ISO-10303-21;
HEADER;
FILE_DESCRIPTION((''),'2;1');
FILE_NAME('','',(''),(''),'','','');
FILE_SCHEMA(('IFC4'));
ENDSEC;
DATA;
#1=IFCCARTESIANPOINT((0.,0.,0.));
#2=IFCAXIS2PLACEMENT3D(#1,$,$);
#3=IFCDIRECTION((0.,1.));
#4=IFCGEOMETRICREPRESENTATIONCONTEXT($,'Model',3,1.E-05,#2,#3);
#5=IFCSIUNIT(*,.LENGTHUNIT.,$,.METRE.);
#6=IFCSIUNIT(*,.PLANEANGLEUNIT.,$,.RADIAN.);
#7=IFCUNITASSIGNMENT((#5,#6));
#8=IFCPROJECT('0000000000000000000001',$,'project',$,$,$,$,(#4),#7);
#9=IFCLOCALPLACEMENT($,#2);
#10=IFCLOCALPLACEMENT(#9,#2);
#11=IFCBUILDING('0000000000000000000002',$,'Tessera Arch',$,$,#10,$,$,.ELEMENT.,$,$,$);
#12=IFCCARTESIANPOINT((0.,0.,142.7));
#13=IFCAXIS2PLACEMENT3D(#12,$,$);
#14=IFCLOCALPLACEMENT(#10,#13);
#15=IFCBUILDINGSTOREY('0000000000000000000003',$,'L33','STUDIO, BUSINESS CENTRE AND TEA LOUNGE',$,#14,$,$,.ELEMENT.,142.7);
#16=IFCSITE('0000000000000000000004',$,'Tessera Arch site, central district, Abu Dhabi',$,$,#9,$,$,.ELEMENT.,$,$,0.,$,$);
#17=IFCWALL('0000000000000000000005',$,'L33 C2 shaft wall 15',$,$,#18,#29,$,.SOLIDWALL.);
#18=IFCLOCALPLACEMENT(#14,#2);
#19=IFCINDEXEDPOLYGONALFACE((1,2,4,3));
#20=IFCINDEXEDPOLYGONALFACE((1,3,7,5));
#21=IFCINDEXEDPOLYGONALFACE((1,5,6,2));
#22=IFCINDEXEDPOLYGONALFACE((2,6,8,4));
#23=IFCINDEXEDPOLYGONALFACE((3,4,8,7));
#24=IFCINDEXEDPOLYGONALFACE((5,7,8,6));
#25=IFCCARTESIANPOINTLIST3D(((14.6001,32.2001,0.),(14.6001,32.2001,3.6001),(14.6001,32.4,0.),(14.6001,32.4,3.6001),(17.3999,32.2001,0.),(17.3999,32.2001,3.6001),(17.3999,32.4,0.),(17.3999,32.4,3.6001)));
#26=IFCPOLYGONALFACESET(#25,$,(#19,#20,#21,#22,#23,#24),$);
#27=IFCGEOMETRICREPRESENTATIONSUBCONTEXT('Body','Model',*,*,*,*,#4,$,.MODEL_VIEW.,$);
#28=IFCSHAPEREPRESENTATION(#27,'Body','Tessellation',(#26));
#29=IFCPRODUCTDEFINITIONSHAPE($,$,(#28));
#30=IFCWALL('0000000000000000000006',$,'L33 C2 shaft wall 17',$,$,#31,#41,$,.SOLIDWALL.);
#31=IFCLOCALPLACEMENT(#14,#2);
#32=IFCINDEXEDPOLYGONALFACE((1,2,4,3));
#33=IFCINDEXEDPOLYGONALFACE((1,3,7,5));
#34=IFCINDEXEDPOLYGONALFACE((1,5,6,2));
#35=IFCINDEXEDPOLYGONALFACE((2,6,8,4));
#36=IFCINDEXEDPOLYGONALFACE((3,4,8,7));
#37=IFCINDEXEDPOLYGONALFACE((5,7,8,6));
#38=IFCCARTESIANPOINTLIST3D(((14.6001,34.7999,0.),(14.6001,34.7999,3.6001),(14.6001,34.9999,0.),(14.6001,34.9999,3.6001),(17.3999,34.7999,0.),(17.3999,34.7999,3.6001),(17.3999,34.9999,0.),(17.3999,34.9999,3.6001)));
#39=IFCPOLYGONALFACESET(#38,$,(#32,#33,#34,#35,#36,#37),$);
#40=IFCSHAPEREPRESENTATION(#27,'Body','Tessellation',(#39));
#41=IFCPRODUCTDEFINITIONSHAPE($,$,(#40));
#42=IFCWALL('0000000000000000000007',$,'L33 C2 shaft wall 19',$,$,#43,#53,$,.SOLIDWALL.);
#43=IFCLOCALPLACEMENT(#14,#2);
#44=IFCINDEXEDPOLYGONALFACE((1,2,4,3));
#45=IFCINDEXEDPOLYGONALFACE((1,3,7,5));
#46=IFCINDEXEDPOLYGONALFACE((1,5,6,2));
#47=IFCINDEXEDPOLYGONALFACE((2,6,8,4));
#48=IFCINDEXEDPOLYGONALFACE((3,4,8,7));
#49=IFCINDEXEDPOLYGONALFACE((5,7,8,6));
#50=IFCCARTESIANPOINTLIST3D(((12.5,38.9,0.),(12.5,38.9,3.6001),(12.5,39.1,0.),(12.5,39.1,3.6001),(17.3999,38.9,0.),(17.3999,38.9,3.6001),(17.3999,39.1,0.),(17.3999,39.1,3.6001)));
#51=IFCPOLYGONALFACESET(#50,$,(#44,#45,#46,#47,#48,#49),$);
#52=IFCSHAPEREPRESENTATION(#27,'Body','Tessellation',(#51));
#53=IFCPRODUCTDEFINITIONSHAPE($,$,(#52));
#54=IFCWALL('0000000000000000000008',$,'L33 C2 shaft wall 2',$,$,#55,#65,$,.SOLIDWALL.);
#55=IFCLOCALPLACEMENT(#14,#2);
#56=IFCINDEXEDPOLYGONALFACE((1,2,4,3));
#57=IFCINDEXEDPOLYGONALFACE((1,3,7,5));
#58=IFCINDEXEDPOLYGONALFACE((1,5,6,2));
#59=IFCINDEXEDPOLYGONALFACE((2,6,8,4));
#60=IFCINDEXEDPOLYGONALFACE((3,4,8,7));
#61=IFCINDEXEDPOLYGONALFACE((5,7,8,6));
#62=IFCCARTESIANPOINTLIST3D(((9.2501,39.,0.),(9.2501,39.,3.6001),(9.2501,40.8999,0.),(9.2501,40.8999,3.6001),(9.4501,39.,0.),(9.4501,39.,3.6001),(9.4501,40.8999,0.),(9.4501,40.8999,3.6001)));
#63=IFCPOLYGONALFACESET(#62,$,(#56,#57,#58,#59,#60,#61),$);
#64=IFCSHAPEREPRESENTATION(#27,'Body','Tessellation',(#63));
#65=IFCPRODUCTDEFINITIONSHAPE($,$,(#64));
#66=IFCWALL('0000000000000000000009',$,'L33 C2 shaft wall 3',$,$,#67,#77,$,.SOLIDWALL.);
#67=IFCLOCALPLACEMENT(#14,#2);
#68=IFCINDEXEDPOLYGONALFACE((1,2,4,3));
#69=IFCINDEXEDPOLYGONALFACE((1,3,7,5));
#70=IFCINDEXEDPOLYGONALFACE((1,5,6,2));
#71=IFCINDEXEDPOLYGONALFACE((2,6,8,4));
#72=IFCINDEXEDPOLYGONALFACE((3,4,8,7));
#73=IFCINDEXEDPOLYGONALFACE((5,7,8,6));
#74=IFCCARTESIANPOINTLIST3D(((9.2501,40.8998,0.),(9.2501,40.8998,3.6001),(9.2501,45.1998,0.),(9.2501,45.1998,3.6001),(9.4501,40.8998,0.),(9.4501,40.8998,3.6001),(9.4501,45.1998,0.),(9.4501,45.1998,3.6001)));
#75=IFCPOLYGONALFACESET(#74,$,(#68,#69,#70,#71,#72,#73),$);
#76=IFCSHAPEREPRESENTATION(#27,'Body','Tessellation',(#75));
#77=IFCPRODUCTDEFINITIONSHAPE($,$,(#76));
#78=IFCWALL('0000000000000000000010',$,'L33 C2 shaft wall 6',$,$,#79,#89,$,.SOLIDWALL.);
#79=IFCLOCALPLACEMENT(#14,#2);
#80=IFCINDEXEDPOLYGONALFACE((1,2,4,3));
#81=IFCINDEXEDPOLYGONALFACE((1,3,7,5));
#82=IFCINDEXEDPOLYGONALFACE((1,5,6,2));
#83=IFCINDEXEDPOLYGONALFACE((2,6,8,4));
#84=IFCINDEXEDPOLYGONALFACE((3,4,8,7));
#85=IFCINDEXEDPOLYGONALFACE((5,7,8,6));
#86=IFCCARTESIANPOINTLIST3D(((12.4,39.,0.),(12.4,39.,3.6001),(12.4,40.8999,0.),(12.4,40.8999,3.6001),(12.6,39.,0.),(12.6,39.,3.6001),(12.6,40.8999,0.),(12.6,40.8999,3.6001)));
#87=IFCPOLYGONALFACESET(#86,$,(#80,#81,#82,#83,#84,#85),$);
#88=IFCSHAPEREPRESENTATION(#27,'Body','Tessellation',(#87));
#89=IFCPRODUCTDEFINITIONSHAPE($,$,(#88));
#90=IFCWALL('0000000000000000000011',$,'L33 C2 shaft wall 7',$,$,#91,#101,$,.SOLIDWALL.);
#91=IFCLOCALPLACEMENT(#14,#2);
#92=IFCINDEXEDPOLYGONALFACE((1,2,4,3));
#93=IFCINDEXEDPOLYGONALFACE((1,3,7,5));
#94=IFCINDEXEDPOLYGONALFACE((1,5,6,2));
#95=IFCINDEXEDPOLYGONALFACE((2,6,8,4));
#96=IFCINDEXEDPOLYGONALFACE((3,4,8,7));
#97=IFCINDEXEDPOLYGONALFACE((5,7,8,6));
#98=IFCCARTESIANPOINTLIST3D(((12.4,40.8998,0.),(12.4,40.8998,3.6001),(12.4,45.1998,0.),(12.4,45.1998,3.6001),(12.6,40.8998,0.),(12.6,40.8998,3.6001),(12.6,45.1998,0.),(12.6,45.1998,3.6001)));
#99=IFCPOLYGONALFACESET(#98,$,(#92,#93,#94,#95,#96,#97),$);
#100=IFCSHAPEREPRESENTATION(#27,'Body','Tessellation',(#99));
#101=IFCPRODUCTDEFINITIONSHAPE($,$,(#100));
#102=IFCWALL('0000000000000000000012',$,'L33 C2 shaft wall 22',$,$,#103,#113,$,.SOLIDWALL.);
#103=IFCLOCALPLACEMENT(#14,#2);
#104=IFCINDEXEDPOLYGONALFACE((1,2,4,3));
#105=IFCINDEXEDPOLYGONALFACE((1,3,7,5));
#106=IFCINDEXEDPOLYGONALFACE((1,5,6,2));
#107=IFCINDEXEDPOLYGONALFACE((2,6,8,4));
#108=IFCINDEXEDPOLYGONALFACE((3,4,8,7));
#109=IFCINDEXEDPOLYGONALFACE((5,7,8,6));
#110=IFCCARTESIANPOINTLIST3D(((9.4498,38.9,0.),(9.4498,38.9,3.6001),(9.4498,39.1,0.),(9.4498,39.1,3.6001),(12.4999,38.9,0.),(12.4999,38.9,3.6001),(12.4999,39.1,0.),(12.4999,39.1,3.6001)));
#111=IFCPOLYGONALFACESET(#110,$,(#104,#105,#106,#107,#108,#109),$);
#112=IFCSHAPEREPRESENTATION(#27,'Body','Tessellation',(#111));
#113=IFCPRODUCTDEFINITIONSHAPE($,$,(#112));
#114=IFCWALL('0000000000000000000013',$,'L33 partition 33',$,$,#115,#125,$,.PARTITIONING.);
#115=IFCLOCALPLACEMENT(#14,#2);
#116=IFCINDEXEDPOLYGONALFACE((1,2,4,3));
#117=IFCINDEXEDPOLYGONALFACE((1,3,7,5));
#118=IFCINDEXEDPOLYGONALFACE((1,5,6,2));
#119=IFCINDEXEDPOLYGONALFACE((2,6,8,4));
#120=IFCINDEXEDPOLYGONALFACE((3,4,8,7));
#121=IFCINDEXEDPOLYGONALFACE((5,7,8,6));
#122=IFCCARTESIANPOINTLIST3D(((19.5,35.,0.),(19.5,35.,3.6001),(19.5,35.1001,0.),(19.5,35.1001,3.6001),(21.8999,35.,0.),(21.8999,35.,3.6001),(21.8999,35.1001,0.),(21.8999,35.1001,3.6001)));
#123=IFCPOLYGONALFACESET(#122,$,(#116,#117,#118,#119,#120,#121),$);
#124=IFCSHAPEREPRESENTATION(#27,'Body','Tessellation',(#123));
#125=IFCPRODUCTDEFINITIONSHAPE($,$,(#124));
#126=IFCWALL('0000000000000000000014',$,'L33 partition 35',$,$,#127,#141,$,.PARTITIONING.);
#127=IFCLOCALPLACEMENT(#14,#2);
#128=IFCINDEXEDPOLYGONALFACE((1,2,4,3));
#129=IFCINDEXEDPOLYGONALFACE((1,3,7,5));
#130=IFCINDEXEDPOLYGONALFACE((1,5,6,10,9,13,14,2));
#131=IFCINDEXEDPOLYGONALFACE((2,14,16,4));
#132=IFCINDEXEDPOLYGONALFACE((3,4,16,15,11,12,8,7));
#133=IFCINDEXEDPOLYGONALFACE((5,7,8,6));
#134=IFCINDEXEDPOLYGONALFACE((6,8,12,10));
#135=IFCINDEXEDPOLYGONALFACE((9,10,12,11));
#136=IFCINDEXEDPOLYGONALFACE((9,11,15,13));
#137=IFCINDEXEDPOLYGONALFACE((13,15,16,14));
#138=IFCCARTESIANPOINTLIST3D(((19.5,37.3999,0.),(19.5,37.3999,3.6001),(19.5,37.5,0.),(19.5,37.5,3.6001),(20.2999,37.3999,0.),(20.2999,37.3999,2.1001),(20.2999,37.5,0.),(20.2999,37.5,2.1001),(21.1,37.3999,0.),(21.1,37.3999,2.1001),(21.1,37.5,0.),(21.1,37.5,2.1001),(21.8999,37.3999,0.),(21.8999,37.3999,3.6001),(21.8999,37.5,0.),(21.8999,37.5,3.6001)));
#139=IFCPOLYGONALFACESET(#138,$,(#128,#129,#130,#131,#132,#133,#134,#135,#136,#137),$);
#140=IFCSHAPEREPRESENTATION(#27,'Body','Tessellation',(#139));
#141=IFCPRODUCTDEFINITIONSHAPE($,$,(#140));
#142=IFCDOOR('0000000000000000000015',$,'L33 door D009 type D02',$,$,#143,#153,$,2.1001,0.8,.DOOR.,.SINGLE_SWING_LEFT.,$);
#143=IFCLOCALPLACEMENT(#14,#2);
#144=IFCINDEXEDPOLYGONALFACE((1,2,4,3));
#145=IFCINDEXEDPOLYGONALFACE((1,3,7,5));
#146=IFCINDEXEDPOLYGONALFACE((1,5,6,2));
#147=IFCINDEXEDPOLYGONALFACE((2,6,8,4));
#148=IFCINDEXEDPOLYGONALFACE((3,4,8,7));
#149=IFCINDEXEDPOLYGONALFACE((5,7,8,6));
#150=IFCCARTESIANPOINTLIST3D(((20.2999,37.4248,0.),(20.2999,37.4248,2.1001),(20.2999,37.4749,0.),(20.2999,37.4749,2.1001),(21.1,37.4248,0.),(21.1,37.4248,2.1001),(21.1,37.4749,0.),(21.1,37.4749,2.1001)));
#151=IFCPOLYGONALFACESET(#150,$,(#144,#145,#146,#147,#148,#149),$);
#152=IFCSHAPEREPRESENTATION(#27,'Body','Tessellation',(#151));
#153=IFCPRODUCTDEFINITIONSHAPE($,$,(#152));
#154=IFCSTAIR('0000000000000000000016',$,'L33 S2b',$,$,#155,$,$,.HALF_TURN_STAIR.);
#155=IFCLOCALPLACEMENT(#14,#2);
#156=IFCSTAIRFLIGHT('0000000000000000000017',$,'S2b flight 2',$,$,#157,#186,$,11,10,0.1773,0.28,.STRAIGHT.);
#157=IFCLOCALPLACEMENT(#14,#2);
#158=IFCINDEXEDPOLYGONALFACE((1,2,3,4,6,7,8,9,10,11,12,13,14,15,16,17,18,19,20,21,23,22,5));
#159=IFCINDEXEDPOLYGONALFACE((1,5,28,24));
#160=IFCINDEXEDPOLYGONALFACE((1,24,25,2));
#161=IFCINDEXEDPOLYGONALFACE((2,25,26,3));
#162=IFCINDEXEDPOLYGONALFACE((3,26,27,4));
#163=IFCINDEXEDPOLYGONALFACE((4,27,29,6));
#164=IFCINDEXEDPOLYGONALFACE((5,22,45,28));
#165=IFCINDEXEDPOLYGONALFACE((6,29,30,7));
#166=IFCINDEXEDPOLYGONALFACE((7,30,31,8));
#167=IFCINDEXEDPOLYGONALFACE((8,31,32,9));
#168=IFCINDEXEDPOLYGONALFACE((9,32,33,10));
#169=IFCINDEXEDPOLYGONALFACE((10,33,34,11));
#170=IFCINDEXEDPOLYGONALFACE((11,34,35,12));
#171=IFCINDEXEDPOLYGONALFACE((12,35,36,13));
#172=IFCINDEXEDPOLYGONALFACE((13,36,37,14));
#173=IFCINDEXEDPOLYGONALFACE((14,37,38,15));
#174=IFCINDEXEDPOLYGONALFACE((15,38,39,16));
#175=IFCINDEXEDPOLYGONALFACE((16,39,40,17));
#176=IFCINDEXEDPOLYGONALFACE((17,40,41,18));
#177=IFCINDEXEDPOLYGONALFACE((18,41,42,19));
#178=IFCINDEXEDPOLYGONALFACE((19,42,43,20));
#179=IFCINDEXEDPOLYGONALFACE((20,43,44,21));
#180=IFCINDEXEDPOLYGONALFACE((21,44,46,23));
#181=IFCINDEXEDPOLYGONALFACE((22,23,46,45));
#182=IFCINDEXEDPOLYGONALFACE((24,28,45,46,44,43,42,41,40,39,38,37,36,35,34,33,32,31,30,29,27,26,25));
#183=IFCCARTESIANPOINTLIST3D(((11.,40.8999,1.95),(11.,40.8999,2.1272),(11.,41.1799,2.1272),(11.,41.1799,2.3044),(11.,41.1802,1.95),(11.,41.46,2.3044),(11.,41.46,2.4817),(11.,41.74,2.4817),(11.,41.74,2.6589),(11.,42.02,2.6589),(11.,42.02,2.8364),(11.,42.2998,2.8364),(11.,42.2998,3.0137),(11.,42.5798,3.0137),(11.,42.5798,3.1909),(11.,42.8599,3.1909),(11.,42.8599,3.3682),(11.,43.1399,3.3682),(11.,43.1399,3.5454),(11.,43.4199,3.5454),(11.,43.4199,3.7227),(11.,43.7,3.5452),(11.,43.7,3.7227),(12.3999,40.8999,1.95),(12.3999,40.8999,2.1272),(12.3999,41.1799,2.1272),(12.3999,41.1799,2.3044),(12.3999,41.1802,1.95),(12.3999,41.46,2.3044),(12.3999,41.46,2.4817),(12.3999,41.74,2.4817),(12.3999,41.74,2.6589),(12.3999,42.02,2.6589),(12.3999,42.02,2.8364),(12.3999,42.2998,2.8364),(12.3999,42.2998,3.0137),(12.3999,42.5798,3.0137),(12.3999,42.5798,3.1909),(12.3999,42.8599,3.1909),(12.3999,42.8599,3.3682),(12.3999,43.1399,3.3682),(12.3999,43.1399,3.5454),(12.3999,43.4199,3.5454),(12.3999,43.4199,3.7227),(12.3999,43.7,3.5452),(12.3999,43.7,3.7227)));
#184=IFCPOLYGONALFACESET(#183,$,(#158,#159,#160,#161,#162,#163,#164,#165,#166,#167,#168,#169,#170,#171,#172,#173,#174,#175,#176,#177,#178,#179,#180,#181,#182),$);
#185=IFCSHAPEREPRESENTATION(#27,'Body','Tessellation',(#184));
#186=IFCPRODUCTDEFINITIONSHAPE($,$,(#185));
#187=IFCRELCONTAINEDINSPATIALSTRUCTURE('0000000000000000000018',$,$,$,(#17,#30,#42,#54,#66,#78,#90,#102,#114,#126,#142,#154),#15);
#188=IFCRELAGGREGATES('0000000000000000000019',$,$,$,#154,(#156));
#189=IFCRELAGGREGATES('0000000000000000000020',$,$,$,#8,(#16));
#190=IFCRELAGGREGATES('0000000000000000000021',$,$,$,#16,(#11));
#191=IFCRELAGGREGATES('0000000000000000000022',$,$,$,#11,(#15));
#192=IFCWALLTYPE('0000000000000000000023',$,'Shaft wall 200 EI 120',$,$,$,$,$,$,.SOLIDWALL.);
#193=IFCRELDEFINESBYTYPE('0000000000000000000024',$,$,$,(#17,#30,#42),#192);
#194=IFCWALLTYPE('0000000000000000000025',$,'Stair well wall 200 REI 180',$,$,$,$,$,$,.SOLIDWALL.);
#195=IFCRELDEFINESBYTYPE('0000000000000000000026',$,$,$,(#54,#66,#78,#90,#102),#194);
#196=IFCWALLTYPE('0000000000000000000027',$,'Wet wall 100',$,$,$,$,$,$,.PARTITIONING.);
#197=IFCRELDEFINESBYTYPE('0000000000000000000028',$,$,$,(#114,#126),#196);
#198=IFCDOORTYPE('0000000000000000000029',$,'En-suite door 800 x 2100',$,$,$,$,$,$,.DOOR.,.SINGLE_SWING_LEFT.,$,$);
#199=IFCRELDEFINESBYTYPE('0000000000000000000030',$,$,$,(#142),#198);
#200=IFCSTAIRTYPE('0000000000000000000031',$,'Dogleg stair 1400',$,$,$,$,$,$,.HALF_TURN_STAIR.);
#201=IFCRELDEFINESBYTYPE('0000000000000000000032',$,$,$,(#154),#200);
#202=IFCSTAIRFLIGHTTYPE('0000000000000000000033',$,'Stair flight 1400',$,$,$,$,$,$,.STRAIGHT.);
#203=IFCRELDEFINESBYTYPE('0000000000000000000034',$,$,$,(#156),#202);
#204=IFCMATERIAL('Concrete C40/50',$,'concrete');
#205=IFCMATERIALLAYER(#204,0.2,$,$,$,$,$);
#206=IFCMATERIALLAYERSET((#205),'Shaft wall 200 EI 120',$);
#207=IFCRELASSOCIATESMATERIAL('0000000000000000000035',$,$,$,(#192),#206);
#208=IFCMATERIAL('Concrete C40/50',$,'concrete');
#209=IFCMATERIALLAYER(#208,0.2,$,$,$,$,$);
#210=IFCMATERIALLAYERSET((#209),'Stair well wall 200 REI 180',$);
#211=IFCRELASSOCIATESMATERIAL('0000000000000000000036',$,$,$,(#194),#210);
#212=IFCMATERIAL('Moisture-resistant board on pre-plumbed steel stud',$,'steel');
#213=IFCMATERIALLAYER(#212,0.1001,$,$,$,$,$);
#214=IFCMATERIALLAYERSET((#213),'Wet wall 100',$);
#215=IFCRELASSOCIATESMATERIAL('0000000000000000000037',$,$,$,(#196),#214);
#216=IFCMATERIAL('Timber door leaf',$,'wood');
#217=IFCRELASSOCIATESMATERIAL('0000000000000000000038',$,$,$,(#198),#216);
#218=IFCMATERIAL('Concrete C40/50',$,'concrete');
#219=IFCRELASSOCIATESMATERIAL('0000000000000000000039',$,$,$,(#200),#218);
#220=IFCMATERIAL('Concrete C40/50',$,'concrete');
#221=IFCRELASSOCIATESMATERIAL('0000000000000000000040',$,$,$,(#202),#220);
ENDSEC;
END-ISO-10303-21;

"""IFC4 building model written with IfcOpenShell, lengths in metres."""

from ifc_helpers import new_model, si_unit, direction, frame, frame_2d, origin, place, context, subcontext, project, spatial, polyline, rectangle, outline, extrude, material, layer, layer_set, type_object, element, fill, aggregate, save


model = new_model("IFC4")

# Units and contexts
model_context = context("Model", 3, precision=1e-05, world=origin(), true_north=direction((0.0, 1.0)))
body_context = subcontext(model_context, "Body", "Model", "MODEL_VIEW")
ifc_project = project(units=[si_unit("LENGTHUNIT", "METRE"), si_unit("PLANEANGLEUNIT", "RADIAN")], contexts=[model_context])

# Site, building, storey
site_placement = place(None, origin())
site = spatial("IfcSite", under=ifc_project, at=site_placement, Name="Tessera Arch site, central district, Abu Dhabi", CompositionType="ELEMENT", RefElevation=0.0)
building_placement = place(site_placement, origin())
building = spatial("IfcBuilding", under=site, at=building_placement, Name="Tessera Arch", CompositionType="ELEMENT")
storey_placement = place(building_placement, frame((0.0, 0.0, 142.7)))
storey = spatial("IfcBuildingStorey", under=building, at=storey_placement, Name="L33", Description="STUDIO, BUSINESS CENTRE AND TEA LOUNGE", CompositionType="ELEMENT", Elevation=142.7)

# Walls
ifc_material_1 = material(Name="Concrete C40/50", Category="concrete")
ifc_layer_1 = layer(ifc_material_1, 0.2)
ifc_layer_set_1 = layer_set([ifc_layer_1], Name="Shaft wall 200 EI 120")
wall_type_1 = type_object("IfcWallType", Name="Shaft wall 200 EI 120", PredefinedType="SOLIDWALL", material=ifc_layer_set_1)
for number, where, z_axis, x_axis, name in (
    (1, (14.6001, 32.3, 0.0), (0.0, 0.0, 1.0), (1.0, 0.0, 0.0), "L33 C2 shaft wall 15"),
    (2, (14.6001, 34.8999, 0.0), (0.0, 0.0, 1.0), (1.0, 0.0, 0.0), "L33 C2 shaft wall 17"),
):
    element("IfcWall", number, at=place(storey_placement, frame(where, z_axis=z_axis, x_axis=x_axis)), inside=storey, type_object=wall_type_1, Name=name, PredefinedType="SOLIDWALL", context=body_context, shape_type="SweptSolid", body=[
        extrude(rectangle(XDim=2.7998, YDim=0.2, at=frame_2d((1.3999, 0.0))), origin(), (0.0, 0.0, 1.0), 3.6001),
    ])
wall_1_placement = place(storey_placement, frame((12.5, 39.0, 0.0), z_axis=(0.0, 0.0, 1.0), x_axis=(1.0, 0.0, 0.0)))
element("IfcWall", 3, at=wall_1_placement, inside=storey, type_object=wall_type_1, Name="L33 C2 shaft wall 19", PredefinedType="SOLIDWALL", context=body_context, shape_type="SweptSolid", body=[
    extrude(rectangle(XDim=4.8999, YDim=0.2, at=frame_2d((2.45, 0.0))), origin(), (0.0, 0.0, 1.0), 3.6001),
])
ifc_material_2 = material(Name="Concrete C40/50", Category="concrete")
ifc_layer_2 = layer(ifc_material_2, 0.2)
ifc_layer_set_2 = layer_set([ifc_layer_2], Name="Stair well wall 200 REI 180")
wall_type_2 = type_object("IfcWallType", Name="Stair well wall 200 REI 180", PredefinedType="SOLIDWALL", material=ifc_layer_set_2)
wall_2_placement = place(storey_placement, frame((9.3501, 39.0, 0.0), z_axis=(0.0, 0.0, 1.0), x_axis=(0.0, 1.0, 0.0)))
element("IfcWall", 4, at=wall_2_placement, inside=storey, type_object=wall_type_2, Name="L33 C2 shaft wall 2", PredefinedType="SOLIDWALL", context=body_context, shape_type="SweptSolid", body=[
    extrude(rectangle(XDim=1.8999, YDim=0.2, at=frame_2d((0.95, 0.0))), origin(), (0.0, 0.0, 1.0), 3.6001),
])
wall_3_placement = place(storey_placement, frame((9.3501, 40.8999, 0.0), z_axis=(0.0, 0.0, 1.0), x_axis=(0.0, 1.0, 0.0)))
element("IfcWall", 5, at=wall_3_placement, inside=storey, type_object=wall_type_2, Name="L33 C2 shaft wall 3", PredefinedType="SOLIDWALL", context=body_context, shape_type="SweptSolid", body=[
    extrude(rectangle(XDim=4.3, YDim=0.2, at=frame_2d((2.1499, 0.0))), origin(), (0.0, 0.0, 1.0), 3.6001),
])
wall_4_placement = place(storey_placement, frame((12.5, 39.0, 0.0), z_axis=(0.0, 0.0, 1.0), x_axis=(0.0, 1.0, 0.0)))
element("IfcWall", 6, at=wall_4_placement, inside=storey, type_object=wall_type_2, Name="L33 C2 shaft wall 6", PredefinedType="SOLIDWALL", context=body_context, shape_type="SweptSolid", body=[
    extrude(rectangle(XDim=1.8999, YDim=0.2, at=frame_2d((0.95, 0.0))), origin(), (0.0, 0.0, 1.0), 3.6001),
])
wall_5_placement = place(storey_placement, frame((12.5, 40.8999, 0.0), z_axis=(0.0, 0.0, 1.0), x_axis=(0.0, 1.0, 0.0)))
element("IfcWall", 7, at=wall_5_placement, inside=storey, type_object=wall_type_2, Name="L33 C2 shaft wall 7", PredefinedType="SOLIDWALL", context=body_context, shape_type="SweptSolid", body=[
    extrude(rectangle(XDim=4.3, YDim=0.2, at=frame_2d((2.1499, 0.0))), origin(), (0.0, 0.0, 1.0), 3.6001),
])
wall_6_placement = place(storey_placement, frame((9.45, 39.0, 0.0), z_axis=(0.0, 0.0, 1.0), x_axis=(1.0, 0.0, 0.0)))
element("IfcWall", 8, at=wall_6_placement, inside=storey, type_object=wall_type_2, Name="L33 C2 shaft wall 22", PredefinedType="SOLIDWALL", context=body_context, shape_type="SweptSolid", body=[
    extrude(rectangle(XDim=3.05, YDim=0.2, at=frame_2d((1.5249, 0.0))), origin(), (0.0, 0.0, 1.0), 3.6001),
])
ifc_material_3 = material(Name="Moisture-resistant board on pre-plumbed steel stud", Category="steel")
ifc_layer_3 = layer(ifc_material_3, 0.1001)
ifc_layer_set_3 = layer_set([ifc_layer_3], Name="Wet wall 100")
wall_type_3 = type_object("IfcWallType", Name="Wet wall 100", PredefinedType="PARTITIONING", material=ifc_layer_set_3)
wall_7_placement = place(storey_placement, frame((19.5, 35.05, 0.0), z_axis=(0.0, 0.0, 1.0), x_axis=(1.0, 0.0, 0.0)))
element("IfcWall", 9, at=wall_7_placement, inside=storey, type_object=wall_type_3, Name="L33 partition 33", PredefinedType="PARTITIONING", context=body_context, shape_type="SweptSolid", body=[
    extrude(rectangle(XDim=2.3999, YDim=0.1001, at=frame_2d((1.2, 0.0))), origin(), (0.0, 0.0, 1.0), 3.6001),
])

# Wall, opening, door
wall_8_placement = place(storey_placement, frame((19.5, 37.45, 0.0), z_axis=(0.0, 0.0, 1.0), x_axis=(1.0, 0.0, 0.0)))
wall_8 = element("IfcWall", 10, at=wall_8_placement, inside=storey, type_object=wall_type_3, Name="L33 partition 35", PredefinedType="PARTITIONING", context=body_context, shape_type="SweptSolid", body=[
    extrude(rectangle(XDim=2.3999, YDim=0.1001, at=frame_2d((1.2, 0.0))), origin(), (0.0, 0.0, 1.0), 3.6001),
])
opening_1_placement = place(wall_8_placement, frame((0.8, 0.0, 0.0)))
opening_1 = element("IfcOpeningElement", 11, at=opening_1_placement, cuts=wall_8, PredefinedType="OPENING", context=body_context, shape_type="SweptSolid", body=[
    extrude(rectangle(XDim=0.8, YDim=2.1001, at=frame_2d((0.3999, 1.05))), frame((0.0, 0.0601, 0.0), z_axis=(0.0, -1.0, 0.0), x_axis=(1.0, 0.0, 0.0)), (0.0, 0.0, 1.0), 0.1201),
])
ifc_material_4 = material(Name="Timber door leaf", Category="wood")
door_type_1 = type_object("IfcDoorType", Name="En-suite door 800 x 2100", OperationType="SINGLE_SWING_LEFT", PredefinedType="DOOR", material=ifc_material_4)
door_1_placement = place(opening_1_placement, origin())
door_1 = element("IfcDoor", 12, at=door_1_placement, inside=storey, type_object=door_type_1, Name="L33 door D009 type D02", OperationType="SINGLE_SWING_LEFT", OverallHeight=2.1001, OverallWidth=0.8, PredefinedType="DOOR", context=body_context, shape_type="SweptSolid", body=[
    extrude(rectangle(XDim=0.8, YDim=2.1001, at=frame_2d((0.3999, 1.05))), frame((0.0, 0.0249, 0.0), z_axis=(0.0, -1.0, 0.0), x_axis=(1.0, 0.0, 0.0)), (0.0, 0.0, 1.0), 0.05),
])
fill(opening_1, door_1)

# Stair, stair flight
ifc_material_5 = material(Name="Concrete C40/50", Category="concrete")
stair_type = type_object("IfcStairType", Name="Dogleg stair 1400", PredefinedType="HALF_TURN_STAIR", material=ifc_material_5)
stair_placement = place(storey_placement, origin())
stair = element("IfcStair", 13, at=stair_placement, inside=storey, type_object=stair_type, Name="L33 S2b", PredefinedType="HALF_TURN_STAIR")
ifc_material_6 = material(Name="Concrete C40/50", Category="concrete")
stair_flight_type = type_object("IfcStairFlightType", Name="Stair flight 1400", PredefinedType="STRAIGHT", material=ifc_material_6)
stair_flight_placement = place(storey_placement, frame((11.7, 40.8999, 1.95), z_axis=(0.0, 0.0, 1.0), x_axis=(0.0, 1.0, 0.0)))
stair_flight = element("IfcStairFlight", 14, at=stair_flight_placement, type_object=stair_flight_type, Name="S2b flight 2", NumberOfRisers=11, NumberOfTreads=10, PredefinedType="STRAIGHT", RiserHeight=0.1773, TreadLength=0.28, context=body_context, shape_type="SweptSolid", body=[
    extrude(outline(polyline([(0.0, 0.0), (0.0, 0.1772), (0.28, 0.1772), (0.28, 0.3545), (0.5601, 0.3545), (0.5601, 0.5317), (0.8401, 0.5317), (0.8401, 0.709), (1.1201, 0.709), (1.1201, 0.8865), (1.3999, 0.8865), (1.3999, 1.0637), (1.6799, 1.0637), (1.6799, 1.241), (1.96, 1.241), (1.96, 1.4182), (2.24, 1.4182), (2.24, 1.5955), (2.52, 1.5955), (2.52, 1.7727), (2.8, 1.7727), (2.8, 1.95), (2.8, 1.5952), (0.2803, 0.0), (0.0, 0.0)])), frame((0.0, 0.7, 0.0), z_axis=(0.0, -1.0, 0.0), x_axis=(1.0, 0.0, 0.0)), (0.0, 0.0, 1.0), 1.3999),
])
aggregate(stair, [stair_flight])

save(model, "model.ifc")
